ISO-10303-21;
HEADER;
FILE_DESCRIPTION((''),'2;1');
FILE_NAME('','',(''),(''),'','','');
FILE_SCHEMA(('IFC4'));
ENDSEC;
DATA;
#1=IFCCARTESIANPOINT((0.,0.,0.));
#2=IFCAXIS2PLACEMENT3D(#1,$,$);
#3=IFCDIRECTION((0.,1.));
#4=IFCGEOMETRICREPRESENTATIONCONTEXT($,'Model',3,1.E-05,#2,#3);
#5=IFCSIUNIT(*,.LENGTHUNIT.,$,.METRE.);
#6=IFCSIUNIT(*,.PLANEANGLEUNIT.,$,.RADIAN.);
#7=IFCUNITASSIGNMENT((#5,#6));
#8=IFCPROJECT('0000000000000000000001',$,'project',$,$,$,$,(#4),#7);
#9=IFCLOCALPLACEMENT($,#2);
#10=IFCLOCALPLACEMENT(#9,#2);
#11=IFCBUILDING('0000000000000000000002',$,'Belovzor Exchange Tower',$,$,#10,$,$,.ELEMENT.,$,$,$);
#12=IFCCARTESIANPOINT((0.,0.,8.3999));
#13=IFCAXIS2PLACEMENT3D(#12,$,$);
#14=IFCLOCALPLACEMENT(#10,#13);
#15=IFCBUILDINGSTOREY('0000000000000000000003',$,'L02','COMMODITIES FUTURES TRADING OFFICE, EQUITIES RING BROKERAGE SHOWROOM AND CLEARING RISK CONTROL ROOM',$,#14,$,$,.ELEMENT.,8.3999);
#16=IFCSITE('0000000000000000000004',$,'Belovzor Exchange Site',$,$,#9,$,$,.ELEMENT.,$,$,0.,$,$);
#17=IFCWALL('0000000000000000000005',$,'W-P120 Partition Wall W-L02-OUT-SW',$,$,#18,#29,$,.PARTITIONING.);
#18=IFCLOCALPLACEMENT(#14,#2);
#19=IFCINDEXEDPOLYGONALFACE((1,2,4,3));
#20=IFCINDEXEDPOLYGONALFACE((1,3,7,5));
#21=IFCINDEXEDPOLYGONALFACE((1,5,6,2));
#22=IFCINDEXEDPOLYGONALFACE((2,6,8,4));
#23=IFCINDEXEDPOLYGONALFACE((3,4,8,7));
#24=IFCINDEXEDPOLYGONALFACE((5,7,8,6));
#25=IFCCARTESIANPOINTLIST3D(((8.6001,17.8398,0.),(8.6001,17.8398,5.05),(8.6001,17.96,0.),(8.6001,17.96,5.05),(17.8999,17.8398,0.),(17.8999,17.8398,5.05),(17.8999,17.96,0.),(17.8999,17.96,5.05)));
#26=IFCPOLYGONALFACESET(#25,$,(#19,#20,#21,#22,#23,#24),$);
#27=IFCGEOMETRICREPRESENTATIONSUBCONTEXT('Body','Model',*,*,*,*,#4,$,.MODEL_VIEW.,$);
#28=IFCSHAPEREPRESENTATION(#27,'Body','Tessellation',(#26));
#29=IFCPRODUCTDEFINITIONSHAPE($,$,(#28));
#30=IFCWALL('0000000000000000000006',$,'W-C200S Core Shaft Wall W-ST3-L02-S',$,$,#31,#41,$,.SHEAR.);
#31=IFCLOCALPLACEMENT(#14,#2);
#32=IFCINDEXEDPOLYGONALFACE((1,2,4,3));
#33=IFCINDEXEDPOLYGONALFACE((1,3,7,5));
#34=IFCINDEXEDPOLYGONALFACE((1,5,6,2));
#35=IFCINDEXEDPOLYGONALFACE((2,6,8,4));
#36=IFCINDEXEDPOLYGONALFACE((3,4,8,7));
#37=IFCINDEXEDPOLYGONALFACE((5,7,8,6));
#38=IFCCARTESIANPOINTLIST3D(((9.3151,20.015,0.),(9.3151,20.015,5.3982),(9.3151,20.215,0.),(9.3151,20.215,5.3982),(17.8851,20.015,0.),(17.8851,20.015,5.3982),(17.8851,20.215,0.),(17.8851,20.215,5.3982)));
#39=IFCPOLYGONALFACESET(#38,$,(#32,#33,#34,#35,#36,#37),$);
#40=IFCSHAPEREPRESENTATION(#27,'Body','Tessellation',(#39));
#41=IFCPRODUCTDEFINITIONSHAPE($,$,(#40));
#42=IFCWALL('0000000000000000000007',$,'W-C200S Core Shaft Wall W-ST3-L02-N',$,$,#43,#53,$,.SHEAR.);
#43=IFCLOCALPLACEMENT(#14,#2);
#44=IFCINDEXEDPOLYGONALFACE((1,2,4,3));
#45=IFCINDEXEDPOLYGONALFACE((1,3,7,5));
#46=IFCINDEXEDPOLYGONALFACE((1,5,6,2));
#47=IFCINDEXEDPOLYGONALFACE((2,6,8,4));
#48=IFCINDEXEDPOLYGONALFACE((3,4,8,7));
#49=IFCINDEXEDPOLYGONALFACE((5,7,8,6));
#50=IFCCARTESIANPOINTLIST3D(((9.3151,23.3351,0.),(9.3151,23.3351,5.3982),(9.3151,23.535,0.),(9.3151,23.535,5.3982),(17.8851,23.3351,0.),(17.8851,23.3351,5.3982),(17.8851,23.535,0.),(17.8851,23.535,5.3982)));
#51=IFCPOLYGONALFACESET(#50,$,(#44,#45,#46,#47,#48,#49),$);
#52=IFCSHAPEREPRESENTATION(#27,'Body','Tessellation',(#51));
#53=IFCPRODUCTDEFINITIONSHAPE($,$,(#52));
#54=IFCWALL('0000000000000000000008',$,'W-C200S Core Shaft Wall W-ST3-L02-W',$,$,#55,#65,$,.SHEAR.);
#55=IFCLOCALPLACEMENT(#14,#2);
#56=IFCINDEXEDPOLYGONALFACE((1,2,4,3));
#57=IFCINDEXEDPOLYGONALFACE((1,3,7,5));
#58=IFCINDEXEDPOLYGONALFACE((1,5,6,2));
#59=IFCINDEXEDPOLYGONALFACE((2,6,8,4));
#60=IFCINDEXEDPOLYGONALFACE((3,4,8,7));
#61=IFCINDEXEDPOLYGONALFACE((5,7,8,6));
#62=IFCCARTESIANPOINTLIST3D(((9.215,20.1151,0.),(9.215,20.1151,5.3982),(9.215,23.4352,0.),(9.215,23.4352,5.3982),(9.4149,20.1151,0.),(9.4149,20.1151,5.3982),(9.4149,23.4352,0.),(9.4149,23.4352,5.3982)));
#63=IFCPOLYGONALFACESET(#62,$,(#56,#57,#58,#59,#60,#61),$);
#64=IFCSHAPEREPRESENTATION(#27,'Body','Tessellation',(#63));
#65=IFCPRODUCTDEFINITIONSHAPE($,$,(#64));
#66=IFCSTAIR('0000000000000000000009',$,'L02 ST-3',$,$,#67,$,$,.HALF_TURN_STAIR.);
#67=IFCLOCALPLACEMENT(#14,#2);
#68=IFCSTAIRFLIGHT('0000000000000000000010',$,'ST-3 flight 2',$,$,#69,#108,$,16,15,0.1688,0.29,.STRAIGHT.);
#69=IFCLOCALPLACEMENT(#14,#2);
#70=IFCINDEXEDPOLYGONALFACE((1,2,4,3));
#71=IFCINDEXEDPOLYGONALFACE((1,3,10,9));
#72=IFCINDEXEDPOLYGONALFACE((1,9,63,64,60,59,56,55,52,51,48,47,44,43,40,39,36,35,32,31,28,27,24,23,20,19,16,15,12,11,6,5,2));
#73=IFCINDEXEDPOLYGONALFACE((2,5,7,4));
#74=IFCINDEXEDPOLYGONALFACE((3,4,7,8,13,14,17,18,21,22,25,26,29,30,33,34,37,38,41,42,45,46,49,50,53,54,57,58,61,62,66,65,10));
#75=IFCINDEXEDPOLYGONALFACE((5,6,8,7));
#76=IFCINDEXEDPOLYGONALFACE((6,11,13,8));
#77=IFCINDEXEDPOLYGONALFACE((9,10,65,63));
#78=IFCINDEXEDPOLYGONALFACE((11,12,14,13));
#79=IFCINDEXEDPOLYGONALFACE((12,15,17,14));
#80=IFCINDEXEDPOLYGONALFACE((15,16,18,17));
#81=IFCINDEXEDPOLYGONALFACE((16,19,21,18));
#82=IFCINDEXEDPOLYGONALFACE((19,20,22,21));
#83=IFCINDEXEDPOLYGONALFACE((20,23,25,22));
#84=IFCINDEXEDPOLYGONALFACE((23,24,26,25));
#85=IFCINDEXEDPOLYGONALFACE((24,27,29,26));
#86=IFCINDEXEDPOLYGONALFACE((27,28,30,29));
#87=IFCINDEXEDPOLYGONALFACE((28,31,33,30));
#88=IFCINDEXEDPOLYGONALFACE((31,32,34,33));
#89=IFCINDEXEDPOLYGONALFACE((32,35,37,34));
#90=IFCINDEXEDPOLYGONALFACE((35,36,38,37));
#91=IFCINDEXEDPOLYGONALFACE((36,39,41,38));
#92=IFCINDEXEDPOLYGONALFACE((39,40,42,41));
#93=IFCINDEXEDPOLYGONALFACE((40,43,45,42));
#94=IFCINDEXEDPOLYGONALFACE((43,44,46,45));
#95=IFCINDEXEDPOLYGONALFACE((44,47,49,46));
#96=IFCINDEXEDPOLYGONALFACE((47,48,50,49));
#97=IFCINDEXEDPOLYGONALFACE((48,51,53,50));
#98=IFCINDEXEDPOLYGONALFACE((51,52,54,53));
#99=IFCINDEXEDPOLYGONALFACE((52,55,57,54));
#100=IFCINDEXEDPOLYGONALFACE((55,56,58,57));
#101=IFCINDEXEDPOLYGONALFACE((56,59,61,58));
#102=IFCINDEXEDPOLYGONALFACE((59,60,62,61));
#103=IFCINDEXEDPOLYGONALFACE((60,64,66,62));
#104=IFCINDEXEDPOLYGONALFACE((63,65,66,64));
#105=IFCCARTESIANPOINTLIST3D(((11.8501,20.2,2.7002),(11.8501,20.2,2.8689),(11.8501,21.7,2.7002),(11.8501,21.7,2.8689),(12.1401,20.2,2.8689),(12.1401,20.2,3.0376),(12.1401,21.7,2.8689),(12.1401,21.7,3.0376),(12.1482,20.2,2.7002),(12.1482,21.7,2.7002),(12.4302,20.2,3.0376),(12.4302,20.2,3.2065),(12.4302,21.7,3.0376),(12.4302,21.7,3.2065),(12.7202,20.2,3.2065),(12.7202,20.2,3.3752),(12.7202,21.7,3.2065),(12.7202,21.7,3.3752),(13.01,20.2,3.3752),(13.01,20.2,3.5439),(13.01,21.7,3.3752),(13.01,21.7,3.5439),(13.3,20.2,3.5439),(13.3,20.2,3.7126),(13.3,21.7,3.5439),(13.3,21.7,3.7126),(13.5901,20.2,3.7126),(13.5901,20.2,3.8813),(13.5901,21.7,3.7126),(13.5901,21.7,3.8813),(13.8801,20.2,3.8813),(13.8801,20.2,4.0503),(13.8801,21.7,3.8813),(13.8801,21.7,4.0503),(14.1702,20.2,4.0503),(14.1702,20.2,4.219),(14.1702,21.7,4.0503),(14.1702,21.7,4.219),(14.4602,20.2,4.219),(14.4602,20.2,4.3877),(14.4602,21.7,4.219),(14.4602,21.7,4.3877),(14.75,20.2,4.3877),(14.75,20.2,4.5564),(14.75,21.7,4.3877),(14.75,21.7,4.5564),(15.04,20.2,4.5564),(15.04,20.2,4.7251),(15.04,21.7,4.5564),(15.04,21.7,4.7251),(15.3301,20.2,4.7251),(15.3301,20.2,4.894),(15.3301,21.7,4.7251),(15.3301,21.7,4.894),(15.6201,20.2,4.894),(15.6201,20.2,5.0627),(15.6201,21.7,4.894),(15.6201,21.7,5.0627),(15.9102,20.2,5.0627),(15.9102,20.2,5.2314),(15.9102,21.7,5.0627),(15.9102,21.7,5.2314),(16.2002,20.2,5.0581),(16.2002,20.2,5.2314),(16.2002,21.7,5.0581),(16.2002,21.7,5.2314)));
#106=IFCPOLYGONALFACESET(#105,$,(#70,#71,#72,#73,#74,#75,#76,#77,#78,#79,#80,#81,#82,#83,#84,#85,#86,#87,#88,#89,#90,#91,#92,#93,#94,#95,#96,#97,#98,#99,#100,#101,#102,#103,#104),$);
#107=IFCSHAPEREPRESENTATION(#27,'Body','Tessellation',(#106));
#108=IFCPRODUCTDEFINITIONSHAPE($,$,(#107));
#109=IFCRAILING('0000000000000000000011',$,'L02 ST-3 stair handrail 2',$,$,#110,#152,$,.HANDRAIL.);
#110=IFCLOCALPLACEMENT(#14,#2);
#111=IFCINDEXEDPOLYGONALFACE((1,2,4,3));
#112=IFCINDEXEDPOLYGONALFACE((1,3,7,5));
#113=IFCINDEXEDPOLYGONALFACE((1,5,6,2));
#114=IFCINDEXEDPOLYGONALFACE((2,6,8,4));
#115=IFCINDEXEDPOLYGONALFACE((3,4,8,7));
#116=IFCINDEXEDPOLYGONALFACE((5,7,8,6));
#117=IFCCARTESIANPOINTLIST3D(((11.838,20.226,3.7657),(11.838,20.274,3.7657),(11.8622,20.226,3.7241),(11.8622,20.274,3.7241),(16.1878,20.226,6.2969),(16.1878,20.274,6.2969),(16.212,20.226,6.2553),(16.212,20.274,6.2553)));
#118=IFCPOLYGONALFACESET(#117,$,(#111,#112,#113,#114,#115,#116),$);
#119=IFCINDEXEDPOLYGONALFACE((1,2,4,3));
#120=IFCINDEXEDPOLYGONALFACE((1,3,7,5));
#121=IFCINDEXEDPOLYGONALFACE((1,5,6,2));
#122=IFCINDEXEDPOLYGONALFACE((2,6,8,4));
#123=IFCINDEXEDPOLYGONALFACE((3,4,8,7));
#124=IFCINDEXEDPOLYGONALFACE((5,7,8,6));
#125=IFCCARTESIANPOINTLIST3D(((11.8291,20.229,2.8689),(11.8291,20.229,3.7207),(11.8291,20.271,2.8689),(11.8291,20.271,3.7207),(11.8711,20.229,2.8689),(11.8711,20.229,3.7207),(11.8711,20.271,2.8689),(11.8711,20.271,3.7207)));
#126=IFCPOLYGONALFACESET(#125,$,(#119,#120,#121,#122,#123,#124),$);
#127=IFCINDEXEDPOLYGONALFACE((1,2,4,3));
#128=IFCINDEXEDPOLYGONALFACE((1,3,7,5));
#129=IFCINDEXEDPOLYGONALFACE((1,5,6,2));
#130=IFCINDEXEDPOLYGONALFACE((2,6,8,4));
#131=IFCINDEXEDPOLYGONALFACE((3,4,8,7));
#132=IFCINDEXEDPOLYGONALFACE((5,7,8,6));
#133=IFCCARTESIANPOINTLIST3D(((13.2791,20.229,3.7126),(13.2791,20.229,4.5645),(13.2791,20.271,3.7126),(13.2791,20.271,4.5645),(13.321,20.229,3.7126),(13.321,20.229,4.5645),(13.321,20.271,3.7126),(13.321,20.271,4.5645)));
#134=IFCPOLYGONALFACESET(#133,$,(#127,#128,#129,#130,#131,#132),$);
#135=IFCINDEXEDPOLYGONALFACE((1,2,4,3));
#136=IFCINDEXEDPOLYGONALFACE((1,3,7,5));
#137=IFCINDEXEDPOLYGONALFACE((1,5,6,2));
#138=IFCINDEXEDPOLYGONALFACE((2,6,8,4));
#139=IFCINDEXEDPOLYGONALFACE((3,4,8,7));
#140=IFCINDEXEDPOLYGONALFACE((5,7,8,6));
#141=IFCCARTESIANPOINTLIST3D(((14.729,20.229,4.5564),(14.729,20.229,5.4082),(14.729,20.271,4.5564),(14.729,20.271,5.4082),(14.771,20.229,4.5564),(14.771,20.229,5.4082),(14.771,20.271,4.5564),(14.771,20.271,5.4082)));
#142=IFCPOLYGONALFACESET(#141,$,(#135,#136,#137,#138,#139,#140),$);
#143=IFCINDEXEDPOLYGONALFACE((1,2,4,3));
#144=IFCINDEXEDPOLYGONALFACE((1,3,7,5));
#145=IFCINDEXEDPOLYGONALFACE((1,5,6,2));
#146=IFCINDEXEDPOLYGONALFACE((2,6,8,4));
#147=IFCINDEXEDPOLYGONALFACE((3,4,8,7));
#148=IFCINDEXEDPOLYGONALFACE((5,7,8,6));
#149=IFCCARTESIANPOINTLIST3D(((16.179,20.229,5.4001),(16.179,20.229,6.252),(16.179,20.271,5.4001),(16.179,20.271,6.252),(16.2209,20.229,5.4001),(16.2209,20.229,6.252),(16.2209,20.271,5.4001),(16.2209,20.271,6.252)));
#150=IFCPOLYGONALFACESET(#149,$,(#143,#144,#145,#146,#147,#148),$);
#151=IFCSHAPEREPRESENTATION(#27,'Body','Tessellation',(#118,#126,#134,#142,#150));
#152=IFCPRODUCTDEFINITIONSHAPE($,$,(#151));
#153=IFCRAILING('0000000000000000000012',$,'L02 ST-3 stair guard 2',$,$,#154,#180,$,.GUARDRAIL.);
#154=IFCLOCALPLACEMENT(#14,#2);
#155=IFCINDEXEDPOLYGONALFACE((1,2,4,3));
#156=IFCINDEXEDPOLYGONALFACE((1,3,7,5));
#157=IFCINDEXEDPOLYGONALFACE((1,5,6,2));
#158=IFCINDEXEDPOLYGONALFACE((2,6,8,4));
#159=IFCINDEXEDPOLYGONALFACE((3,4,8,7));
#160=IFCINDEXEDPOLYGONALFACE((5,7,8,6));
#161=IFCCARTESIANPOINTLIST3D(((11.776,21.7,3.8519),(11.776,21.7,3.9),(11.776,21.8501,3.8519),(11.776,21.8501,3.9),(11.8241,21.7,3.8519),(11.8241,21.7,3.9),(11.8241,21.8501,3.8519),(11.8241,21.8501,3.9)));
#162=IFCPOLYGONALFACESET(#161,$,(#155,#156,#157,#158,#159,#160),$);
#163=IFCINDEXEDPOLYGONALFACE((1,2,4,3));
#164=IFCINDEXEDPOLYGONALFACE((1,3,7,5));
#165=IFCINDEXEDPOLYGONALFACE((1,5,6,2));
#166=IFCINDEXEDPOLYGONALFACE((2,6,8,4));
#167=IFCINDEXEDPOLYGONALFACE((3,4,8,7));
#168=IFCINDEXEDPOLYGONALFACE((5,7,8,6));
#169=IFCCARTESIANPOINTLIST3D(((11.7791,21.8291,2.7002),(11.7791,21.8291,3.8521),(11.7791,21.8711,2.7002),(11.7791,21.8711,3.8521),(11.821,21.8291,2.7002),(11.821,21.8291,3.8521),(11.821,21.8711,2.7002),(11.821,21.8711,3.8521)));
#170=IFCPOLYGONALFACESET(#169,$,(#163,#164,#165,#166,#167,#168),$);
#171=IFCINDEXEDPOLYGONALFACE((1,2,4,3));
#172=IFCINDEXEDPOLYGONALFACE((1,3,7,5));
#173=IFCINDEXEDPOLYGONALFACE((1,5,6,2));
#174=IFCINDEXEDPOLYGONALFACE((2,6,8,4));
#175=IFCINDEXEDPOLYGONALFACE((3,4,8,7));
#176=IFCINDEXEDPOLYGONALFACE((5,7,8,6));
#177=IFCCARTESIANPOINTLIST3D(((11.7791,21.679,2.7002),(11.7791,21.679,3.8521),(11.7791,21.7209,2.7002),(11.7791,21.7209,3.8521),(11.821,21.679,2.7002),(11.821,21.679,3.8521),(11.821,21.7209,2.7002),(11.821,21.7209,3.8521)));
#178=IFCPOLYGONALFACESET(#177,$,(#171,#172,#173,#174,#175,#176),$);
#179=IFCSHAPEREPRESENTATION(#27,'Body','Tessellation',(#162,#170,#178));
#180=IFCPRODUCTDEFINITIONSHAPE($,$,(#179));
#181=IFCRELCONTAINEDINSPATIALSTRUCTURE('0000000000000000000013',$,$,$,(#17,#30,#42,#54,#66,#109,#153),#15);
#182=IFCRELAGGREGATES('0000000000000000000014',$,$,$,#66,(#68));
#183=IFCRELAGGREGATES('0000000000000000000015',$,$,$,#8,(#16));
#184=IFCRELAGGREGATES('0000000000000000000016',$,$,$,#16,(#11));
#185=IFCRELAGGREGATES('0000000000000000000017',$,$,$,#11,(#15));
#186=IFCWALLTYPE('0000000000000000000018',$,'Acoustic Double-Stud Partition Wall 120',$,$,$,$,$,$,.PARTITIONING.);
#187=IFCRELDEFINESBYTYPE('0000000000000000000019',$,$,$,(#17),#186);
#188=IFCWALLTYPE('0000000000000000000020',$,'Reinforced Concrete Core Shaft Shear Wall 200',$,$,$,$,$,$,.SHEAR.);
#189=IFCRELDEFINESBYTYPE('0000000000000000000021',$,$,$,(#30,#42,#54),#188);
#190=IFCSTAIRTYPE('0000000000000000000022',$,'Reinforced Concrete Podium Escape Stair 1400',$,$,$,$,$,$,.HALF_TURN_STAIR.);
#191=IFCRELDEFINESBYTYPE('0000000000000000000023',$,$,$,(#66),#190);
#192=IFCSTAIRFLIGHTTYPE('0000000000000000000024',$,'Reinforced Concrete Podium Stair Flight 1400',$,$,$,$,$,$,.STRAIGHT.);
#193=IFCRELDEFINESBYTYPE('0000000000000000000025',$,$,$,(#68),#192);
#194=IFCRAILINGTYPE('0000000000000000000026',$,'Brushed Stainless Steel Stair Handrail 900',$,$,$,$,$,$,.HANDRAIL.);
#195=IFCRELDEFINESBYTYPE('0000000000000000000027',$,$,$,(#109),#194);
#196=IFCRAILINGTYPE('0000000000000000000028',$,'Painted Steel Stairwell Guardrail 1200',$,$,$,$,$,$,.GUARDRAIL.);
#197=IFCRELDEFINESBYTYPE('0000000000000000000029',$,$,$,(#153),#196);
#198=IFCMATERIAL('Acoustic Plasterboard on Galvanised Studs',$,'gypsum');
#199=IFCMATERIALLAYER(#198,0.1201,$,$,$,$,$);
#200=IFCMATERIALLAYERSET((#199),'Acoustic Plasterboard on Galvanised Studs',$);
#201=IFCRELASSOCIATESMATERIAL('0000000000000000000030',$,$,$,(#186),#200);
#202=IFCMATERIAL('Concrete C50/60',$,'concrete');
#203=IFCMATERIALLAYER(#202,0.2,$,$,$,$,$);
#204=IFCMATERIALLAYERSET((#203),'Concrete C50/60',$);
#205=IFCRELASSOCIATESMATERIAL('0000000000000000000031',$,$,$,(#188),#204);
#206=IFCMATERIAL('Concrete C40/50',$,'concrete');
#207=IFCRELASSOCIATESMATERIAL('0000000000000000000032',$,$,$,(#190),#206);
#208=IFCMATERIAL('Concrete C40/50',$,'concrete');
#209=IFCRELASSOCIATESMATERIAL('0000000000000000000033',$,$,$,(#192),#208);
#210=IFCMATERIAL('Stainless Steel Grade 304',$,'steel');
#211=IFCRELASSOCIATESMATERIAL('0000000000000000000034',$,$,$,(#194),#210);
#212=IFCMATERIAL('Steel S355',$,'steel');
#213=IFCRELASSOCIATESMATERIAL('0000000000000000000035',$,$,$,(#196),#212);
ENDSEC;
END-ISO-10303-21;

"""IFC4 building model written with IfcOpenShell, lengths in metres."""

from ifc_helpers import new_model, si_unit, direction, frame, frame_2d, origin, origin_2d, place, context, subcontext, project, spatial, polyline, rectangle, outline, extrude, material, layer, layer_set, type_object, element, aggregate, save


model = new_model("IFC4")

# Units and contexts
model_context = context("Model", 3, precision=1e-05, world=origin(), true_north=direction((0.0, 1.0)))
body_context = subcontext(model_context, "Body", "Model", "MODEL_VIEW")
ifc_project = project(units=[si_unit("LENGTHUNIT", "METRE"), si_unit("PLANEANGLEUNIT", "RADIAN")], contexts=[model_context])

# Site, building, storey
site_placement = place(None, origin())
site = spatial("IfcSite", under=ifc_project, at=site_placement, Name="Belovzor Exchange Site", CompositionType="ELEMENT", RefElevation=0.0)
building_placement = place(site_placement, origin())
building = spatial("IfcBuilding", under=site, at=building_placement, Name="Belovzor Exchange Tower", CompositionType="ELEMENT")
storey_placement = place(building_placement, frame((0.0, 0.0, 8.3999)))
storey = spatial("IfcBuildingStorey", under=building, at=storey_placement, Name="L02", Description="COMMODITIES FUTURES TRADING OFFICE, EQUITIES RING BROKERAGE SHOWROOM AND CLEARING RISK CONTROL ROOM", CompositionType="ELEMENT", Elevation=8.3999)

# Walls
ifc_material_1 = material(Name="Acoustic Plasterboard on Galvanised Studs", Category="gypsum")
ifc_layer_1 = layer(ifc_material_1, 0.1201)
ifc_layer_set_1 = layer_set([ifc_layer_1], Name="Acoustic Plasterboard on Galvanised Studs")
wall_type_1 = type_object("IfcWallType", Name="Acoustic Double-Stud Partition Wall 120", PredefinedType="PARTITIONING", material=ifc_layer_set_1)
wall_1_placement = place(storey_placement, frame((8.6001, 17.8999, 0.0), z_axis=(0.0, 0.0, 1.0), x_axis=(1.0, 0.0, 0.0)))
element("IfcWall", 1, at=wall_1_placement, inside=storey, type_object=wall_type_1, Name="W-P120 Partition Wall W-L02-OUT-SW", PredefinedType="PARTITIONING", context=body_context, shape_type="SweptSolid", body=[
    extrude(rectangle(XDim=9.2998, YDim=0.1201, at=frame_2d((4.6499, 0.0))), origin(), (0.0, 0.0, 1.0), 5.05),
])
ifc_material_2 = material(Name="Concrete C50/60", Category="concrete")
ifc_layer_2 = layer(ifc_material_2, 0.2)
ifc_layer_set_2 = layer_set([ifc_layer_2], Name="Concrete C50/60")
wall_type_2 = type_object("IfcWallType", Name="Reinforced Concrete Core Shaft Shear Wall 200", PredefinedType="SHEAR", material=ifc_layer_set_2)
for number, where, z_axis, x_axis, name in (
    (2, (9.3149, 20.115, 0.0), (0.0, 0.0, 1.0), (1.0, 0.0, 0.0), "W-C200S Core Shaft Wall W-ST3-L02-S"),
    (3, (9.3149, 23.4351, 0.0), (0.0, 0.0, 1.0), (1.0, 0.0, 0.0), "W-C200S Core Shaft Wall W-ST3-L02-N"),
):
    element("IfcWall", number, at=place(storey_placement, frame(where, z_axis=z_axis, x_axis=x_axis)), inside=storey, type_object=wall_type_2, Name=name, PredefinedType="SHEAR", context=body_context, shape_type="SweptSolid", body=[
        extrude(rectangle(XDim=8.5701, YDim=0.2, at=frame_2d((4.2852, 0.0))), origin(), (0.0, 0.0, 1.0), 5.3982),
    ])
wall_2_placement = place(storey_placement, frame((9.3149, 20.115, 0.0), z_axis=(0.0, 0.0, 1.0), x_axis=(0.0, 1.0, 0.0)))
element("IfcWall", 4, at=wall_2_placement, inside=storey, type_object=wall_type_2, Name="W-C200S Core Shaft Wall W-ST3-L02-W", PredefinedType="SHEAR", context=body_context, shape_type="SweptSolid", body=[
    extrude(rectangle(XDim=3.3201, YDim=0.2, at=frame_2d((1.6602, 0.0))), origin(), (0.0, 0.0, 1.0), 5.3982),
])

# Stair, stair flight
ifc_material_3 = material(Name="Concrete C40/50", Category="concrete")
stair_type = type_object("IfcStairType", Name="Reinforced Concrete Podium Escape Stair 1400", PredefinedType="HALF_TURN_STAIR", material=ifc_material_3)
stair_placement = place(storey_placement, origin())
stair = element("IfcStair", 5, at=stair_placement, inside=storey, type_object=stair_type, Name="L02 ST-3", PredefinedType="HALF_TURN_STAIR")
ifc_material_4 = material(Name="Concrete C40/50", Category="concrete")
stair_flight_type = type_object("IfcStairFlightType", Name="Reinforced Concrete Podium Stair Flight 1400", PredefinedType="STRAIGHT", material=ifc_material_4)
stair_flight_placement = place(storey_placement, frame((11.8501, 20.95, 2.7002), z_axis=(0.0, 0.0, 1.0), x_axis=(1.0, 0.0, 0.0)))
stair_flight = element("IfcStairFlight", 6, at=stair_flight_placement, type_object=stair_flight_type, Name="ST-3 flight 2", NumberOfRisers=16, NumberOfTreads=15, PredefinedType="STRAIGHT", RiserHeight=0.1688, TreadLength=0.29, context=body_context, shape_type="SweptSolid", body=[
    extrude(outline(polyline([(0.0, 0.0), (0.0, 0.1687), (0.29, 0.1687), (0.29, 0.3374), (0.5801, 0.3374), (0.5801, 0.5063), (0.8701, 0.5063), (0.8701, 0.675), (1.1599, 0.675), (1.1599, 0.8438), (1.45, 0.8438), (1.45, 1.0125), (1.74, 1.0125), (1.74, 1.1812), (2.03, 1.1812), (2.03, 1.3501), (2.3201, 1.3501), (2.3201, 1.5188), (2.6101, 1.5188), (2.6101, 1.6875), (2.8999, 1.6875), (2.8999, 1.8562), (3.1899, 1.8562), (3.1899, 2.0249), (3.48, 2.0249), (3.48, 2.1938), (3.77, 2.1938), (3.77, 2.3625), (4.0601, 2.3625), (4.0601, 2.5312), (4.3501, 2.5312), (4.3501, 2.7), (4.3501, 2.3579), (0.2981, 0.0), (0.0, 0.0)])), frame((0.0, 0.75, 0.0), z_axis=(0.0, -1.0, 0.0), x_axis=(1.0, 0.0, 0.0)), (0.0, 0.0, 1.0), 1.5),
])
aggregate(stair, [stair_flight])

# Railings
ifc_material_5 = material(Name="Stainless Steel Grade 304", Category="steel")
railing_type_1 = type_object("IfcRailingType", Name="Brushed Stainless Steel Stair Handrail 900", PredefinedType="HANDRAIL", material=ifc_material_5)
railing_1_placement = place(storey_placement, frame((11.8501, 20.25, 2.8689)))
element("IfcRailing", 7, at=railing_1_placement, inside=storey, type_object=railing_type_1, Name="L02 ST-3 stair handrail 2", PredefinedType="HANDRAIL", context=body_context, shape_type="SweptSolid", body=[
    extrude(rectangle(XDim=0.0481, YDim=0.0481, at=origin_2d()), frame((0.0, 0.0, 0.876), z_axis=(0.864312, 0.0, 0.502957), x_axis=(0.0, 1.0, 0.0)), (0.0, 0.0, 1.0), 5.0327),
    extrude(rectangle(XDim=0.042, YDim=0.042, at=origin_2d()), origin(), (0.0, 0.0, 1.0), 0.8518),
    extrude(rectangle(XDim=0.042, YDim=0.042, at=origin_2d()), frame((1.45, 0.0, 0.8438)), (0.0, 0.0, 1.0), 0.8518),
    extrude(rectangle(XDim=0.042, YDim=0.042, at=origin_2d()), frame((2.8999, 0.0, 1.6875)), (0.0, 0.0, 1.0), 0.8518),
    extrude(rectangle(XDim=0.042, YDim=0.042, at=origin_2d()), frame((4.3499, 0.0, 2.5312)), (0.0, 0.0, 1.0), 0.8518),
])
ifc_material_6 = material(Name="Steel S355", Category="steel")
railing_type_2 = type_object("IfcRailingType", Name="Painted Steel Stairwell Guardrail 1200", PredefinedType="GUARDRAIL", material=ifc_material_6)
railing_2_placement = place(storey_placement, frame((11.8, 21.8501, 2.7002)))
element("IfcRailing", 8, at=railing_2_placement, inside=storey, type_object=railing_type_2, Name="L02 ST-3 stair guard 2", PredefinedType="GUARDRAIL", context=body_context, shape_type="SweptSolid", body=[
    extrude(rectangle(XDim=0.0481, YDim=0.0481, at=origin_2d()), frame((0.0, 0.0, 1.1758), z_axis=(0.0, -1.0, 0.0), x_axis=(1.0, 0.0, 0.0)), (0.0, 0.0, 1.0), 0.1501),
    extrude(rectangle(XDim=0.042, YDim=0.042, at=origin_2d()), origin(), (0.0, 0.0, 1.0), 1.1519),
    extrude(rectangle(XDim=0.042, YDim=0.042, at=origin_2d()), frame((0.0, -0.1501, 0.0)), (0.0, 0.0, 1.0), 1.1519),
])

save(model, "model.ifc")
